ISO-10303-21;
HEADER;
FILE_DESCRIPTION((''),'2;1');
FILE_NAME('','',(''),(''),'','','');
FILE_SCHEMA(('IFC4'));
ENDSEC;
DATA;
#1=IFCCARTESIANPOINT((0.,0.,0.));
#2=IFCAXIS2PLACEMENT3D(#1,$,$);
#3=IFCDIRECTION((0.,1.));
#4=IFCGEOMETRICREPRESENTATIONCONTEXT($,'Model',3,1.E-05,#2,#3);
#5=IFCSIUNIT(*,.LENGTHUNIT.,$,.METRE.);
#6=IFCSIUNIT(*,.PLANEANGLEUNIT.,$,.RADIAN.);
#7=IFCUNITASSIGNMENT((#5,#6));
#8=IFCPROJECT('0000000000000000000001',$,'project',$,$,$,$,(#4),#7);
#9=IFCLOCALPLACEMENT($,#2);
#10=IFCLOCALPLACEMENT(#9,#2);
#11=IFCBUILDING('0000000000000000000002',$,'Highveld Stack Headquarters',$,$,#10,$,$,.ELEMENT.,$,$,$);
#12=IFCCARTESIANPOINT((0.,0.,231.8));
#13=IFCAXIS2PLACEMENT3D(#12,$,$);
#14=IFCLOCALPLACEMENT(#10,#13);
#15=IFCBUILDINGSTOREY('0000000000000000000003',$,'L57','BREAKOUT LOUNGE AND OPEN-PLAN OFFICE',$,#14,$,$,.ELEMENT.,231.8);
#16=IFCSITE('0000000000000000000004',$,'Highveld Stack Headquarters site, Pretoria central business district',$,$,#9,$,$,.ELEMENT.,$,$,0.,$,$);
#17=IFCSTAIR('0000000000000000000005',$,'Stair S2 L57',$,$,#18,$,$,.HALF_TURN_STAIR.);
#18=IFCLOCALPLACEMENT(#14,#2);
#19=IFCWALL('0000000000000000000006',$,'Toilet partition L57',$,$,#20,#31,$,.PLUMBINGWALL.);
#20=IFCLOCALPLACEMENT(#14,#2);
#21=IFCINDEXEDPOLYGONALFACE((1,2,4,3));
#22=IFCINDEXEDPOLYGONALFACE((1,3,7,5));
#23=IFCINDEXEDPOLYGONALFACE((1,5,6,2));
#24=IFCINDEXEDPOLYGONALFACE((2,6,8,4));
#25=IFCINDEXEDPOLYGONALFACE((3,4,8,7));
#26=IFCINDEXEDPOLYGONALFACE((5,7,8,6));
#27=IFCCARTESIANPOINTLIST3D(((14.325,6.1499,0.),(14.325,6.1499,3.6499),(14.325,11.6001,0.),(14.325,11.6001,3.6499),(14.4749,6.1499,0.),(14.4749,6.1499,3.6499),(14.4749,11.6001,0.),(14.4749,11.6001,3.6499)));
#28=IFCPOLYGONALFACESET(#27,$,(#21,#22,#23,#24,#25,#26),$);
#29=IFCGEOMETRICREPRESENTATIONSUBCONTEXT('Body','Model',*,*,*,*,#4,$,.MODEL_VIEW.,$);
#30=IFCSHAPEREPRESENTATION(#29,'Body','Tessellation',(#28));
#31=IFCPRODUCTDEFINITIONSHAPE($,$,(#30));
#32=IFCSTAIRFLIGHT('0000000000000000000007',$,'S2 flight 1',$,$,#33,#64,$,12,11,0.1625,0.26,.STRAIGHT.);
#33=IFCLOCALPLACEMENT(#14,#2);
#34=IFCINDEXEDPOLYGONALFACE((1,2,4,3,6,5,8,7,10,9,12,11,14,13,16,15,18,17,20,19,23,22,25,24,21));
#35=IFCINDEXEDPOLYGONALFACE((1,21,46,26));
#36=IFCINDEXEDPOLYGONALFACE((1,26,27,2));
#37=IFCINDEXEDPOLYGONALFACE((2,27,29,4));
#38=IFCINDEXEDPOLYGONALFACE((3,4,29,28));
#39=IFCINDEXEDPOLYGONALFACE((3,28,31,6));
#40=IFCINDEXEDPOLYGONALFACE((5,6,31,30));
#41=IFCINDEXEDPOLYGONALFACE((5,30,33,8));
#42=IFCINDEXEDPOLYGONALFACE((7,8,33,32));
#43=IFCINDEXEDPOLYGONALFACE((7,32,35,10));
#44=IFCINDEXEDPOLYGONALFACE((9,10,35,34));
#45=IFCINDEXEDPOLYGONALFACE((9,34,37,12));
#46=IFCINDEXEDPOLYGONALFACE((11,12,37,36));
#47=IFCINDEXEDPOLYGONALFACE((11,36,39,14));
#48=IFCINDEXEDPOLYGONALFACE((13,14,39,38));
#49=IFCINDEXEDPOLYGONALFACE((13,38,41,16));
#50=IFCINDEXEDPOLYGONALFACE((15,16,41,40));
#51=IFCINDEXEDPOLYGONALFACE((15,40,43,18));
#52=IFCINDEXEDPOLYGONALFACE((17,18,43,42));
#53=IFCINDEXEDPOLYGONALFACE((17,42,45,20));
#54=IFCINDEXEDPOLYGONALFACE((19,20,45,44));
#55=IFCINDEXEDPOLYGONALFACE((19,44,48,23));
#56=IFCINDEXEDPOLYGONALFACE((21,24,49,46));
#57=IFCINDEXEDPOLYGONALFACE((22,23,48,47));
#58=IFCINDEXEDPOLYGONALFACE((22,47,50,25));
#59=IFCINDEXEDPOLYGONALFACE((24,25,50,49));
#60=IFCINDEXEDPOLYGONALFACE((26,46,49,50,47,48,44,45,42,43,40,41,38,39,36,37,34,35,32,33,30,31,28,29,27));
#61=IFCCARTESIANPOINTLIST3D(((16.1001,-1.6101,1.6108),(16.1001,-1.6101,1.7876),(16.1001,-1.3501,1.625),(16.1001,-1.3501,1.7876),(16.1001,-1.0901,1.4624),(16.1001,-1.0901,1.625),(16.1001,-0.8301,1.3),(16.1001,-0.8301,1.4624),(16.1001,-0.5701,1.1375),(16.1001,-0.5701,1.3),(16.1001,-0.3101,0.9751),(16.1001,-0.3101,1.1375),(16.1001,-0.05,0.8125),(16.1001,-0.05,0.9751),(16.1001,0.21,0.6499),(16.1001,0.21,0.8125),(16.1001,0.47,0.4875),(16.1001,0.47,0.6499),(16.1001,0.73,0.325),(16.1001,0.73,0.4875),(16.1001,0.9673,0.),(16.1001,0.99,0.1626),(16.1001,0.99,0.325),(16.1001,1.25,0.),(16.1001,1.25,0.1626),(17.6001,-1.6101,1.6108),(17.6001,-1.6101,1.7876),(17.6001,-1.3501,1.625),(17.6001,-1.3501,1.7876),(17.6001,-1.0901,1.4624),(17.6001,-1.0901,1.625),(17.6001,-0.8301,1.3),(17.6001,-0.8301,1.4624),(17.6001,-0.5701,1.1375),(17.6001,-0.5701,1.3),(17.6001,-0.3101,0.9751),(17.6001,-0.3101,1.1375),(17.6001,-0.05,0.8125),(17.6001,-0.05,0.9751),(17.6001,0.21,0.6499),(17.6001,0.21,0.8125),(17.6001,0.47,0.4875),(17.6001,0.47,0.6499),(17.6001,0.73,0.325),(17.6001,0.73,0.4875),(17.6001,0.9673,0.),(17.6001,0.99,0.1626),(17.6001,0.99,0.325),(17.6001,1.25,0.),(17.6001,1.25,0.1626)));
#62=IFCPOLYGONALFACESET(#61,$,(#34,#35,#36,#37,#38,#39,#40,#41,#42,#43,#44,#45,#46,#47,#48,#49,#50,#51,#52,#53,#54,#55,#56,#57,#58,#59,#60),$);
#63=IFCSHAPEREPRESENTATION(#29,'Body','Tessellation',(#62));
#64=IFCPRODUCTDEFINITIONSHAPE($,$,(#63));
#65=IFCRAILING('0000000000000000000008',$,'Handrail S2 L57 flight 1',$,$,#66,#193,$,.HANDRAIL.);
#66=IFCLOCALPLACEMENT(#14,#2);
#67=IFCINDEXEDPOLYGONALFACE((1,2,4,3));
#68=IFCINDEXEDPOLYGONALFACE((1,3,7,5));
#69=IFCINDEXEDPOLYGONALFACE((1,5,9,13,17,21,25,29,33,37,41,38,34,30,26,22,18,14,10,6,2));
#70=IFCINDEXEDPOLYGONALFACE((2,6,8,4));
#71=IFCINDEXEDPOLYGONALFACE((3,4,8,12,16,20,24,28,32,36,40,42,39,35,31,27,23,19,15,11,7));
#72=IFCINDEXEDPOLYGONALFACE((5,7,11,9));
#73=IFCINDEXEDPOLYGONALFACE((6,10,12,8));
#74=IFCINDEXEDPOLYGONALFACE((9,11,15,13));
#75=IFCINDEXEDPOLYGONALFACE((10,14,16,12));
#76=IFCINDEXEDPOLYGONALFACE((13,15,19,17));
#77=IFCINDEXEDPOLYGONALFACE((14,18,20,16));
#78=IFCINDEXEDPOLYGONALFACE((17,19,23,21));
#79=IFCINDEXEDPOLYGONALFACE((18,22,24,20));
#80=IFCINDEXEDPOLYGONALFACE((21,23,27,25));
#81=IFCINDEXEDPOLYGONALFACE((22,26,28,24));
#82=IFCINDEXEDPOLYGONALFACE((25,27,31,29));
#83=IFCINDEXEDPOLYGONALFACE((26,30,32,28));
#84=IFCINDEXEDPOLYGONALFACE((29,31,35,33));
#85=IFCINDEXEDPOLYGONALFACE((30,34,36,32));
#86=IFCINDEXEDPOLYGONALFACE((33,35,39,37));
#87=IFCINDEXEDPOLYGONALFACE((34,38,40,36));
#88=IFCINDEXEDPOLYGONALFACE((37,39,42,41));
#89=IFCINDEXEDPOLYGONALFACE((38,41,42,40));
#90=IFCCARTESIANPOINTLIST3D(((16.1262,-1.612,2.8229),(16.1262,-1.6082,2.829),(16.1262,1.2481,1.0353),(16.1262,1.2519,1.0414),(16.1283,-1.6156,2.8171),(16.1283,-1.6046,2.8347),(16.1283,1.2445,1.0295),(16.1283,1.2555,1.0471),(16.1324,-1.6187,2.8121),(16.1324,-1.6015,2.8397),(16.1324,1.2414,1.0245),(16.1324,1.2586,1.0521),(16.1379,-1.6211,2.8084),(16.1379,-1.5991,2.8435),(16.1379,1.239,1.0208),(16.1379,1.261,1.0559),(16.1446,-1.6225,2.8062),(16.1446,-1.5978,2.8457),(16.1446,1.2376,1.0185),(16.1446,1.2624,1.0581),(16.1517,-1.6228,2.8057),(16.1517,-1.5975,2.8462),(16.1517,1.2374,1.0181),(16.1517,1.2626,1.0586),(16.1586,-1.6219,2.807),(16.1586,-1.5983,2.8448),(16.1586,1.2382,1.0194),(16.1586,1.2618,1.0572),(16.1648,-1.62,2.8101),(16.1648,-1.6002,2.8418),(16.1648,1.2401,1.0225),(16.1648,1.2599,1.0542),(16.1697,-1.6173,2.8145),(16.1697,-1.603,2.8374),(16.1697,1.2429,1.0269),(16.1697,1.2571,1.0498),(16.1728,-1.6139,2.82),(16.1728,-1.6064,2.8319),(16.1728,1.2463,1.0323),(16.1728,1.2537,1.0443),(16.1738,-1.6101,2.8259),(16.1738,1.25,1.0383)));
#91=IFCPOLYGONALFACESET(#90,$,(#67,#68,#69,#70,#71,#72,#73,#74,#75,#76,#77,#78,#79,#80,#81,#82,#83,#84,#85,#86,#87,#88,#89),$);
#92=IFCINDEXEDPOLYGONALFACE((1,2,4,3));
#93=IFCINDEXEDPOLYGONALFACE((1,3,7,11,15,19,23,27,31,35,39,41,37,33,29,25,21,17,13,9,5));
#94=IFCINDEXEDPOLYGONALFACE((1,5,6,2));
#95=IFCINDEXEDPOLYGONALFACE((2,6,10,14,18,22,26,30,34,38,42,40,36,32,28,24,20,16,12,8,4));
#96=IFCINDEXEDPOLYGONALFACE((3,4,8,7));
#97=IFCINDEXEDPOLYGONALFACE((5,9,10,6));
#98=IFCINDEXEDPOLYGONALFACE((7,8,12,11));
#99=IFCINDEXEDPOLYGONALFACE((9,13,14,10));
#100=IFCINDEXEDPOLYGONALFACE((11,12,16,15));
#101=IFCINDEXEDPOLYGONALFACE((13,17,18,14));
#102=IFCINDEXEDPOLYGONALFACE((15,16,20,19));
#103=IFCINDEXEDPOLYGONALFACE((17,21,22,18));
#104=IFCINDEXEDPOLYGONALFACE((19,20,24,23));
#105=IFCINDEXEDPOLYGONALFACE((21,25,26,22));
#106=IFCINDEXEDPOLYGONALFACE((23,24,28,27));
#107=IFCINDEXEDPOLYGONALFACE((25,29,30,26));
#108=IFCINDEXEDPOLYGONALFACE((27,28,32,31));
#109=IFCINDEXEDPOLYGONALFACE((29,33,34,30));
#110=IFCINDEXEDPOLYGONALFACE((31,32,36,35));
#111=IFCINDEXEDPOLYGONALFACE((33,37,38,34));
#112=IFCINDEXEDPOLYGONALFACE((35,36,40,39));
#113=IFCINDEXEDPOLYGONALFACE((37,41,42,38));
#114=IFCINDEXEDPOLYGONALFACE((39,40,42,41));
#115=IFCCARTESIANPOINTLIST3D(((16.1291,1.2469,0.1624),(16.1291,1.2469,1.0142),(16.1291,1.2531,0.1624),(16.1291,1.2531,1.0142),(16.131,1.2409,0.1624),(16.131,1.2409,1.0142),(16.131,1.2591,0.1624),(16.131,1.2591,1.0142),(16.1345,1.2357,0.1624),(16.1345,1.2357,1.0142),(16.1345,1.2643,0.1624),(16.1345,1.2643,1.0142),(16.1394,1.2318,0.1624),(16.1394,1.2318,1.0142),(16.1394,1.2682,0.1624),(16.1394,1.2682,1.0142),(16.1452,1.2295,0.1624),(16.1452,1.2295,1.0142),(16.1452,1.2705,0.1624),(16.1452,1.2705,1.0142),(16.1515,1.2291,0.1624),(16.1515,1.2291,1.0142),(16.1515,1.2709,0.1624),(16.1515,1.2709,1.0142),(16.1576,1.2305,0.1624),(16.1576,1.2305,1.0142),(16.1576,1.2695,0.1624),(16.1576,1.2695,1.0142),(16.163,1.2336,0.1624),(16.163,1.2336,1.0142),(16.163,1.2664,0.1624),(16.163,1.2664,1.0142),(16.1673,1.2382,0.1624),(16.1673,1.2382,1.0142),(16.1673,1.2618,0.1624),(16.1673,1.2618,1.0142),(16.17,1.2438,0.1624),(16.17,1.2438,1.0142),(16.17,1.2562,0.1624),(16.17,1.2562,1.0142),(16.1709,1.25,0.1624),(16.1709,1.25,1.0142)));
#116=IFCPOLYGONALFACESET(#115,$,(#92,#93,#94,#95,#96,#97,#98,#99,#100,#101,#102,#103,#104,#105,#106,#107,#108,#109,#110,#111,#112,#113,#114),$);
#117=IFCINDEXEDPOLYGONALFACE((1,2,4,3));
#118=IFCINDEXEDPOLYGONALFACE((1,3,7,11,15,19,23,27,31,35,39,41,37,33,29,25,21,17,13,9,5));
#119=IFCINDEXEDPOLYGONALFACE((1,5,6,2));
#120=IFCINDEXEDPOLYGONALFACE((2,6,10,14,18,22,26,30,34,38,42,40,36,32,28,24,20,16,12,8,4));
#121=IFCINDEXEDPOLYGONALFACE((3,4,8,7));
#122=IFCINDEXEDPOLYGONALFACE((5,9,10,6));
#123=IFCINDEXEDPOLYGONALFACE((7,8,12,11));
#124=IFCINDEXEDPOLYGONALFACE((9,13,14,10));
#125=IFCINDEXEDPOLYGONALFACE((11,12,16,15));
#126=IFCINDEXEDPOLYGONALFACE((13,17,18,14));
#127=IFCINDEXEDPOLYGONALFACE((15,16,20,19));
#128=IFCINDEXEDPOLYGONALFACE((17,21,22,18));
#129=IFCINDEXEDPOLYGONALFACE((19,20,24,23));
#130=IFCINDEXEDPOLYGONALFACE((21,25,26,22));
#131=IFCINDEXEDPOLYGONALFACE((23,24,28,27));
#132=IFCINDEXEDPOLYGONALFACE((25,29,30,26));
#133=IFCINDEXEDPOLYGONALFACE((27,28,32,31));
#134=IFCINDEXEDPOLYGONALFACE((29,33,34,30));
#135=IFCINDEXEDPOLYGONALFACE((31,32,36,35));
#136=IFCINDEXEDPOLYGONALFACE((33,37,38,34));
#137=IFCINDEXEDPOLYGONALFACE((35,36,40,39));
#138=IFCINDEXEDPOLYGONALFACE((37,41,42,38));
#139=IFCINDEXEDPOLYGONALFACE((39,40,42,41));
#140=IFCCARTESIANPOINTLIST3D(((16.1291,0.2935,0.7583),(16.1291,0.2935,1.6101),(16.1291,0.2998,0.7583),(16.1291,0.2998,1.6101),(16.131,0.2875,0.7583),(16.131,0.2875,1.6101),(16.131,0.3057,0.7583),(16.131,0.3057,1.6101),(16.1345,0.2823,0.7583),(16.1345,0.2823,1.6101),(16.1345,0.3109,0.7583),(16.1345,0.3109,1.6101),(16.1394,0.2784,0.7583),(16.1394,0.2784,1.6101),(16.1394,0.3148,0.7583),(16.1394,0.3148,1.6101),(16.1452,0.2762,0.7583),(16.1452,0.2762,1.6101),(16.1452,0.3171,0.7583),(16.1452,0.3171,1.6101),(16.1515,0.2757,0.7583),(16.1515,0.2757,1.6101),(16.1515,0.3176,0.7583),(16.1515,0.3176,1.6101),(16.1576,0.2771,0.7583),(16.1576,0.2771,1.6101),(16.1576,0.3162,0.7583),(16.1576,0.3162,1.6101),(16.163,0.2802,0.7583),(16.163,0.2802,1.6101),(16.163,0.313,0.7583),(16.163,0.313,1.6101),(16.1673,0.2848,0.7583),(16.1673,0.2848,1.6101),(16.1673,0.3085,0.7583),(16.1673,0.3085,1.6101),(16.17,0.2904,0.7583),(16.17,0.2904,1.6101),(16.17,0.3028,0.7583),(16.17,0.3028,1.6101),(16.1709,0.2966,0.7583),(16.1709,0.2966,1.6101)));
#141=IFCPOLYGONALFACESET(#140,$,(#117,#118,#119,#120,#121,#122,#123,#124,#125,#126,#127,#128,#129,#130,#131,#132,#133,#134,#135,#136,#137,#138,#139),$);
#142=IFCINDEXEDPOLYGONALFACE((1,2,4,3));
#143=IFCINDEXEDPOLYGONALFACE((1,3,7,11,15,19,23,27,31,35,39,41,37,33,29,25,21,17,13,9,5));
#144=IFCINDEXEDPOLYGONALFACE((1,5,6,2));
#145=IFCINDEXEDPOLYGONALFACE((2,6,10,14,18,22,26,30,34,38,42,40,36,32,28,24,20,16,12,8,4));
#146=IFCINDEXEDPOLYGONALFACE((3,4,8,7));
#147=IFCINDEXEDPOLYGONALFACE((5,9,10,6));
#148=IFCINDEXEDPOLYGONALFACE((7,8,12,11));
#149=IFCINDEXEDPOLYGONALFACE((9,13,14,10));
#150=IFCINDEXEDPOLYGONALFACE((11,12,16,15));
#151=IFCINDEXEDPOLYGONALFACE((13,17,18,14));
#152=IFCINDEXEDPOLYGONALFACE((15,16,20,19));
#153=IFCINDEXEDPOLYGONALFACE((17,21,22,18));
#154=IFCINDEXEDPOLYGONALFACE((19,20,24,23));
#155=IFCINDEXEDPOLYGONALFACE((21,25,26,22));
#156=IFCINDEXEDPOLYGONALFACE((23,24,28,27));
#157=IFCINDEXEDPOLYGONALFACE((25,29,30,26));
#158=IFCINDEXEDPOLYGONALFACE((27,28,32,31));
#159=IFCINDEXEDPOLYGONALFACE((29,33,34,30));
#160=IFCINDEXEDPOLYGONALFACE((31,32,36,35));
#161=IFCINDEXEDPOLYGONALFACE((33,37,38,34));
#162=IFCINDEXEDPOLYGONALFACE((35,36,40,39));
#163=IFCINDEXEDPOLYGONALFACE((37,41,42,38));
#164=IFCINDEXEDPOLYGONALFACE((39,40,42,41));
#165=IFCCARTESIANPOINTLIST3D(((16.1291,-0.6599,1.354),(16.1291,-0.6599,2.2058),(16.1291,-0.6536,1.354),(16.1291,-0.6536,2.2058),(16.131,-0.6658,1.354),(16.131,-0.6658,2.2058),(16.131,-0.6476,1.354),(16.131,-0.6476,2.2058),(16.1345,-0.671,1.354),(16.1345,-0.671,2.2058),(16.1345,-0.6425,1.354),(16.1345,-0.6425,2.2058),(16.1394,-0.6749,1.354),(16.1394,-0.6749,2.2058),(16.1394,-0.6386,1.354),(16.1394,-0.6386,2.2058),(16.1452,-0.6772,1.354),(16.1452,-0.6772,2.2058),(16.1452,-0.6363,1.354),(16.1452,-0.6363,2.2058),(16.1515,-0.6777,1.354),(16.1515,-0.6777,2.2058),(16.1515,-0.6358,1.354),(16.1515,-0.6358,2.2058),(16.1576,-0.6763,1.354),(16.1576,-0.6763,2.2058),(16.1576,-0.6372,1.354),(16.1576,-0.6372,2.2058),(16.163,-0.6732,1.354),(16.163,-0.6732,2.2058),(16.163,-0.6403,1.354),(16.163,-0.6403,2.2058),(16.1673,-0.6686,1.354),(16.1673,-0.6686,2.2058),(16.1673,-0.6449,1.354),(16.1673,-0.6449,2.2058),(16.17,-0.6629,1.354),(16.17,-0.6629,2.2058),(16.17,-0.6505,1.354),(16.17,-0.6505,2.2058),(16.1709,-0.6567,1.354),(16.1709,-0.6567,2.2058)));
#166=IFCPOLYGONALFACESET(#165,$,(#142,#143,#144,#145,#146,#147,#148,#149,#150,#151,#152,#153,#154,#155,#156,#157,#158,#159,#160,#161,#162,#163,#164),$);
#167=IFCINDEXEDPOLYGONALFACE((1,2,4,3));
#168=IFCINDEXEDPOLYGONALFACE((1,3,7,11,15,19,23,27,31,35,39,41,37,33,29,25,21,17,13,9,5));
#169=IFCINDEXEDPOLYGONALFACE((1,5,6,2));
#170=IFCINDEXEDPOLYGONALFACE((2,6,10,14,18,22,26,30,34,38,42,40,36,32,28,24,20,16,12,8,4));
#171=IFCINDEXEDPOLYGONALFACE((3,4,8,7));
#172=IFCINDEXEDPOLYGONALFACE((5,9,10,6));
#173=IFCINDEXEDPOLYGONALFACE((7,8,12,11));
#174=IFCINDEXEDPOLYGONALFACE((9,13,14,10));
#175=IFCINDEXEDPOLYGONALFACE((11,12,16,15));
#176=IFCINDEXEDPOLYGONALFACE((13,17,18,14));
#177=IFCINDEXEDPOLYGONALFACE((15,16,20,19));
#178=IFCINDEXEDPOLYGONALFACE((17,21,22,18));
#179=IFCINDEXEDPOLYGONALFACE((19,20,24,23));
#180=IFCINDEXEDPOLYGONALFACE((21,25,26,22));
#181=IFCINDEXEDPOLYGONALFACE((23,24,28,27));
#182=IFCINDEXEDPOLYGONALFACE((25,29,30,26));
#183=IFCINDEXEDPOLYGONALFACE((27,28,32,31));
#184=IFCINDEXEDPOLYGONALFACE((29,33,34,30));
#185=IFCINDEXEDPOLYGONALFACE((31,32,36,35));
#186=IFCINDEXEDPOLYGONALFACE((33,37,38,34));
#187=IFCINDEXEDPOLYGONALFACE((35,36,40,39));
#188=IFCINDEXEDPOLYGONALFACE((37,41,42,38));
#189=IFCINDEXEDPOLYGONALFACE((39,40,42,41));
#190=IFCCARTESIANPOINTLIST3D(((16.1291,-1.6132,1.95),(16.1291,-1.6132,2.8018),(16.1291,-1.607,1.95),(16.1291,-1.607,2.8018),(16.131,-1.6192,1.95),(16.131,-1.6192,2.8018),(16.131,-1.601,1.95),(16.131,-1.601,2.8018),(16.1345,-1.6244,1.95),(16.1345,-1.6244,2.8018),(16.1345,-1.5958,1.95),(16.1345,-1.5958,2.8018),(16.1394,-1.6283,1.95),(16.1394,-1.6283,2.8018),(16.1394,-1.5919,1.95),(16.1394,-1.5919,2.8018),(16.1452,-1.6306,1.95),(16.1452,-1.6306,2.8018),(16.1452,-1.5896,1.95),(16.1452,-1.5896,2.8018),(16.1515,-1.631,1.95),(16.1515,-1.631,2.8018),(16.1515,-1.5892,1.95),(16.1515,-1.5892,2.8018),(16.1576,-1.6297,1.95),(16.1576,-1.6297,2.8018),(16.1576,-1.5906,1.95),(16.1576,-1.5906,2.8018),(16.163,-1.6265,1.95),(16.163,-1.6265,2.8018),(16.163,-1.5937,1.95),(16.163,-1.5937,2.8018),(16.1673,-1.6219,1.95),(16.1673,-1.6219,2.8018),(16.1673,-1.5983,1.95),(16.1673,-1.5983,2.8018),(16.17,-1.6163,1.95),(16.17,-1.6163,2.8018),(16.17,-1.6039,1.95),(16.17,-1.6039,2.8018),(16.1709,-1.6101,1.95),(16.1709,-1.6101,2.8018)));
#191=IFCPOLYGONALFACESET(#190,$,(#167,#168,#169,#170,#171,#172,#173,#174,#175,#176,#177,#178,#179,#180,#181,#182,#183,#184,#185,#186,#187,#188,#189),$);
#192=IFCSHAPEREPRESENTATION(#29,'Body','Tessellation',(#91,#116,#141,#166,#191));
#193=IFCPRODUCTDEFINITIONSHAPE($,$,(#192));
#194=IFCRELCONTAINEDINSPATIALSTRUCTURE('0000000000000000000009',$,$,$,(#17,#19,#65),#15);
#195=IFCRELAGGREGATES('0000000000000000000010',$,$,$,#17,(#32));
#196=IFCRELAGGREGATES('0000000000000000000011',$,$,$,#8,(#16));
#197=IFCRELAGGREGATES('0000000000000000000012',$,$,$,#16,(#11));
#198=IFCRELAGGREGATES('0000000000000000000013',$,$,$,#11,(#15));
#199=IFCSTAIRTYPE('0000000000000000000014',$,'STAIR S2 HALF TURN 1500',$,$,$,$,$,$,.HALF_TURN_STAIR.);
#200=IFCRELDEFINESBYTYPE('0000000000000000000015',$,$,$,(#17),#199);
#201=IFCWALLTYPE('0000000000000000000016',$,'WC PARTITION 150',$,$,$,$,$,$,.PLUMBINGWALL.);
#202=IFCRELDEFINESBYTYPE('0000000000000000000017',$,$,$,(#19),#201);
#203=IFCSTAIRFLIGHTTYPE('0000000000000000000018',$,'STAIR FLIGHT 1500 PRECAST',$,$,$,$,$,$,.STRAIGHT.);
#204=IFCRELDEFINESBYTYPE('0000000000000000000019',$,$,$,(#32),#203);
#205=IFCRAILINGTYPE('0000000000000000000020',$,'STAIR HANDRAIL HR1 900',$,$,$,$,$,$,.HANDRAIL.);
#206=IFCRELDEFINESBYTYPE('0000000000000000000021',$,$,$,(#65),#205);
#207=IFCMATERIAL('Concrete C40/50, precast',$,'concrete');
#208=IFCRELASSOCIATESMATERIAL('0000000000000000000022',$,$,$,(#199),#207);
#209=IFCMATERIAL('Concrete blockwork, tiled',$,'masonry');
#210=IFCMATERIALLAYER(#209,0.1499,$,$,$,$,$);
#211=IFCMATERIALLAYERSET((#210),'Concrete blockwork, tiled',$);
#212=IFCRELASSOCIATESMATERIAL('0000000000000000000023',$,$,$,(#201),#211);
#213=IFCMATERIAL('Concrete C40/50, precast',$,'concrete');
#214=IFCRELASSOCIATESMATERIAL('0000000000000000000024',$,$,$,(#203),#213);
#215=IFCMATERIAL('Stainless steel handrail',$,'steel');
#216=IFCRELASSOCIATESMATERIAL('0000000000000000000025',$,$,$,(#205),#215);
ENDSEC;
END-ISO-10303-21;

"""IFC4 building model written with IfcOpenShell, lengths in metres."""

from ifc_helpers import new_model, si_unit, direction, frame, frame_2d, origin, origin_2d, place, context, subcontext, project, spatial, polyline, rectangle, circle, outline, extrude, material, layer, layer_set, type_object, element, aggregate, save


model = new_model("IFC4")

# Units and contexts
model_context = context("Model", 3, precision=1e-05, world=origin(), true_north=direction((0.0, 1.0)))
body_context = subcontext(model_context, "Body", "Model", "MODEL_VIEW")
ifc_project = project(units=[si_unit("LENGTHUNIT", "METRE"), si_unit("PLANEANGLEUNIT", "RADIAN")], contexts=[model_context])

# Site, building, storey
site_placement = place(None, origin())
site = spatial("IfcSite", under=ifc_project, at=site_placement, Name="Highveld Stack Headquarters site, Pretoria central business district", CompositionType="ELEMENT", RefElevation=0.0)
building_placement = place(site_placement, origin())
building = spatial("IfcBuilding", under=site, at=building_placement, Name="Highveld Stack Headquarters", CompositionType="ELEMENT")
storey_placement = place(building_placement, frame((0.0, 0.0, 231.8)))
storey = spatial("IfcBuildingStorey", under=building, at=storey_placement, Name="L57", Description="BREAKOUT LOUNGE AND OPEN-PLAN OFFICE", CompositionType="ELEMENT", Elevation=231.8)

# Stair
ifc_material_1 = material(Name="Concrete C40/50, precast", Category="concrete")
stair_type = type_object("IfcStairType", Name="STAIR S2 HALF TURN 1500", PredefinedType="HALF_TURN_STAIR", material=ifc_material_1)
stair_placement = place(storey_placement, origin())
stair = element("IfcStair", 1, at=stair_placement, inside=storey, type_object=stair_type, Name="Stair S2 L57", PredefinedType="HALF_TURN_STAIR")

# Wall
ifc_material_2 = material(Name="Concrete blockwork, tiled", Category="masonry")
ifc_layer_1 = layer(ifc_material_2, 0.1499)
ifc_layer_set_1 = layer_set([ifc_layer_1], Name="Concrete blockwork, tiled")
wall_type_1 = type_object("IfcWallType", Name="WC PARTITION 150", PredefinedType="PLUMBINGWALL", material=ifc_layer_set_1)
wall_1_placement = place(storey_placement, frame((14.3999, 6.1499, 0.0), z_axis=(0.0, 0.0, 1.0), x_axis=(0.0, 1.0, 0.0)))
element("IfcWall", 2, at=wall_1_placement, inside=storey, type_object=wall_type_1, Name="Toilet partition L57", PredefinedType="PLUMBINGWALL", context=body_context, shape_type="SweptSolid", body=[
    extrude(rectangle(XDim=5.4502, YDim=0.1499, at=frame_2d((2.7251, 0.0))), origin(), (0.0, 0.0, 1.0), 3.6499),
])

# Stair flight
ifc_material_3 = material(Name="Concrete C40/50, precast", Category="concrete")
stair_flight_type = type_object("IfcStairFlightType", Name="STAIR FLIGHT 1500 PRECAST", PredefinedType="STRAIGHT", material=ifc_material_3)
stair_flight_placement = place(storey_placement, frame((16.8501, 1.25, 0.0), z_axis=(0.0, 0.0, 1.0), x_axis=(0.0, -1.0, 0.0)))
stair_flight = element("IfcStairFlight", 3, at=stair_flight_placement, type_object=stair_flight_type, Name="S2 flight 1", NumberOfRisers=12, NumberOfTreads=11, PredefinedType="STRAIGHT", RiserHeight=0.1625, TreadLength=0.26, context=body_context, shape_type="SweptSolid", body=[
    extrude(outline(polyline([(0.0, 0.0), (0.0, 0.1626), (0.26, 0.1626), (0.26, 0.325), (0.52, 0.325), (0.52, 0.4875), (0.78, 0.4875), (0.78, 0.6499), (1.04, 0.6499), (1.04, 0.8125), (1.3, 0.8125), (1.3, 0.9751), (1.5601, 0.9751), (1.5601, 1.1375), (1.8201, 1.1375), (1.8201, 1.3), (2.0801, 1.3), (2.0801, 1.4624), (2.3401, 1.4624), (2.3401, 1.625), (2.6001, 1.625), (2.6001, 1.7876), (2.8601, 1.7876), (2.8601, 1.95), (2.8601, 1.6108), (0.2827, 0.0), (0.0, 0.0)])), frame((0.0, 0.75, 0.0), z_axis=(0.0, -1.0, 0.0), x_axis=(1.0, 0.0, 0.0)), (0.0, 0.0, 1.0), 1.5),
])
aggregate(stair, [stair_flight])

# Railing
ifc_material_4 = material(Name="Stainless steel handrail", Category="steel")
railing_type = type_object("IfcRailingType", Name="STAIR HANDRAIL HR1 900", PredefinedType="HANDRAIL", material=ifc_material_4)
for number, where, name in (
    (4, (16.1499, 1.25, 0.1624), "Handrail S2 L57 flight 1"),
):
    element("IfcRailing", number, at=place(storey_placement, frame(where)), inside=storey, type_object=railing_type, Name=name, PredefinedType="HANDRAIL", context=body_context, shape_type="SweptSolid", body=[
        extrude(circle(Radius=0.0239, at=origin_2d()), frame((0.0, 0.0, 0.876), z_axis=(0.0, -0.847994, 0.530005), x_axis=(1.0, 0.0, 0.0)), (0.0, 0.0, 1.0), 3.3728),
        extrude(circle(Radius=0.021, at=origin_2d()), origin(), (0.0, 0.0, 1.0), 0.8518),
        extrude(circle(Radius=0.021, at=origin_2d()), frame((0.0, -0.9534, 0.5959)), (0.0, 0.0, 1.0), 0.8518),
        extrude(circle(Radius=0.021, at=origin_2d()), frame((0.0, -1.9067, 1.1917)), (0.0, 0.0, 1.0), 0.8518),
        extrude(circle(Radius=0.021, at=origin_2d()), frame((0.0, -2.8601, 1.7876)), (0.0, 0.0, 1.0), 0.8518),
    ])

save(model, "model.ifc")
